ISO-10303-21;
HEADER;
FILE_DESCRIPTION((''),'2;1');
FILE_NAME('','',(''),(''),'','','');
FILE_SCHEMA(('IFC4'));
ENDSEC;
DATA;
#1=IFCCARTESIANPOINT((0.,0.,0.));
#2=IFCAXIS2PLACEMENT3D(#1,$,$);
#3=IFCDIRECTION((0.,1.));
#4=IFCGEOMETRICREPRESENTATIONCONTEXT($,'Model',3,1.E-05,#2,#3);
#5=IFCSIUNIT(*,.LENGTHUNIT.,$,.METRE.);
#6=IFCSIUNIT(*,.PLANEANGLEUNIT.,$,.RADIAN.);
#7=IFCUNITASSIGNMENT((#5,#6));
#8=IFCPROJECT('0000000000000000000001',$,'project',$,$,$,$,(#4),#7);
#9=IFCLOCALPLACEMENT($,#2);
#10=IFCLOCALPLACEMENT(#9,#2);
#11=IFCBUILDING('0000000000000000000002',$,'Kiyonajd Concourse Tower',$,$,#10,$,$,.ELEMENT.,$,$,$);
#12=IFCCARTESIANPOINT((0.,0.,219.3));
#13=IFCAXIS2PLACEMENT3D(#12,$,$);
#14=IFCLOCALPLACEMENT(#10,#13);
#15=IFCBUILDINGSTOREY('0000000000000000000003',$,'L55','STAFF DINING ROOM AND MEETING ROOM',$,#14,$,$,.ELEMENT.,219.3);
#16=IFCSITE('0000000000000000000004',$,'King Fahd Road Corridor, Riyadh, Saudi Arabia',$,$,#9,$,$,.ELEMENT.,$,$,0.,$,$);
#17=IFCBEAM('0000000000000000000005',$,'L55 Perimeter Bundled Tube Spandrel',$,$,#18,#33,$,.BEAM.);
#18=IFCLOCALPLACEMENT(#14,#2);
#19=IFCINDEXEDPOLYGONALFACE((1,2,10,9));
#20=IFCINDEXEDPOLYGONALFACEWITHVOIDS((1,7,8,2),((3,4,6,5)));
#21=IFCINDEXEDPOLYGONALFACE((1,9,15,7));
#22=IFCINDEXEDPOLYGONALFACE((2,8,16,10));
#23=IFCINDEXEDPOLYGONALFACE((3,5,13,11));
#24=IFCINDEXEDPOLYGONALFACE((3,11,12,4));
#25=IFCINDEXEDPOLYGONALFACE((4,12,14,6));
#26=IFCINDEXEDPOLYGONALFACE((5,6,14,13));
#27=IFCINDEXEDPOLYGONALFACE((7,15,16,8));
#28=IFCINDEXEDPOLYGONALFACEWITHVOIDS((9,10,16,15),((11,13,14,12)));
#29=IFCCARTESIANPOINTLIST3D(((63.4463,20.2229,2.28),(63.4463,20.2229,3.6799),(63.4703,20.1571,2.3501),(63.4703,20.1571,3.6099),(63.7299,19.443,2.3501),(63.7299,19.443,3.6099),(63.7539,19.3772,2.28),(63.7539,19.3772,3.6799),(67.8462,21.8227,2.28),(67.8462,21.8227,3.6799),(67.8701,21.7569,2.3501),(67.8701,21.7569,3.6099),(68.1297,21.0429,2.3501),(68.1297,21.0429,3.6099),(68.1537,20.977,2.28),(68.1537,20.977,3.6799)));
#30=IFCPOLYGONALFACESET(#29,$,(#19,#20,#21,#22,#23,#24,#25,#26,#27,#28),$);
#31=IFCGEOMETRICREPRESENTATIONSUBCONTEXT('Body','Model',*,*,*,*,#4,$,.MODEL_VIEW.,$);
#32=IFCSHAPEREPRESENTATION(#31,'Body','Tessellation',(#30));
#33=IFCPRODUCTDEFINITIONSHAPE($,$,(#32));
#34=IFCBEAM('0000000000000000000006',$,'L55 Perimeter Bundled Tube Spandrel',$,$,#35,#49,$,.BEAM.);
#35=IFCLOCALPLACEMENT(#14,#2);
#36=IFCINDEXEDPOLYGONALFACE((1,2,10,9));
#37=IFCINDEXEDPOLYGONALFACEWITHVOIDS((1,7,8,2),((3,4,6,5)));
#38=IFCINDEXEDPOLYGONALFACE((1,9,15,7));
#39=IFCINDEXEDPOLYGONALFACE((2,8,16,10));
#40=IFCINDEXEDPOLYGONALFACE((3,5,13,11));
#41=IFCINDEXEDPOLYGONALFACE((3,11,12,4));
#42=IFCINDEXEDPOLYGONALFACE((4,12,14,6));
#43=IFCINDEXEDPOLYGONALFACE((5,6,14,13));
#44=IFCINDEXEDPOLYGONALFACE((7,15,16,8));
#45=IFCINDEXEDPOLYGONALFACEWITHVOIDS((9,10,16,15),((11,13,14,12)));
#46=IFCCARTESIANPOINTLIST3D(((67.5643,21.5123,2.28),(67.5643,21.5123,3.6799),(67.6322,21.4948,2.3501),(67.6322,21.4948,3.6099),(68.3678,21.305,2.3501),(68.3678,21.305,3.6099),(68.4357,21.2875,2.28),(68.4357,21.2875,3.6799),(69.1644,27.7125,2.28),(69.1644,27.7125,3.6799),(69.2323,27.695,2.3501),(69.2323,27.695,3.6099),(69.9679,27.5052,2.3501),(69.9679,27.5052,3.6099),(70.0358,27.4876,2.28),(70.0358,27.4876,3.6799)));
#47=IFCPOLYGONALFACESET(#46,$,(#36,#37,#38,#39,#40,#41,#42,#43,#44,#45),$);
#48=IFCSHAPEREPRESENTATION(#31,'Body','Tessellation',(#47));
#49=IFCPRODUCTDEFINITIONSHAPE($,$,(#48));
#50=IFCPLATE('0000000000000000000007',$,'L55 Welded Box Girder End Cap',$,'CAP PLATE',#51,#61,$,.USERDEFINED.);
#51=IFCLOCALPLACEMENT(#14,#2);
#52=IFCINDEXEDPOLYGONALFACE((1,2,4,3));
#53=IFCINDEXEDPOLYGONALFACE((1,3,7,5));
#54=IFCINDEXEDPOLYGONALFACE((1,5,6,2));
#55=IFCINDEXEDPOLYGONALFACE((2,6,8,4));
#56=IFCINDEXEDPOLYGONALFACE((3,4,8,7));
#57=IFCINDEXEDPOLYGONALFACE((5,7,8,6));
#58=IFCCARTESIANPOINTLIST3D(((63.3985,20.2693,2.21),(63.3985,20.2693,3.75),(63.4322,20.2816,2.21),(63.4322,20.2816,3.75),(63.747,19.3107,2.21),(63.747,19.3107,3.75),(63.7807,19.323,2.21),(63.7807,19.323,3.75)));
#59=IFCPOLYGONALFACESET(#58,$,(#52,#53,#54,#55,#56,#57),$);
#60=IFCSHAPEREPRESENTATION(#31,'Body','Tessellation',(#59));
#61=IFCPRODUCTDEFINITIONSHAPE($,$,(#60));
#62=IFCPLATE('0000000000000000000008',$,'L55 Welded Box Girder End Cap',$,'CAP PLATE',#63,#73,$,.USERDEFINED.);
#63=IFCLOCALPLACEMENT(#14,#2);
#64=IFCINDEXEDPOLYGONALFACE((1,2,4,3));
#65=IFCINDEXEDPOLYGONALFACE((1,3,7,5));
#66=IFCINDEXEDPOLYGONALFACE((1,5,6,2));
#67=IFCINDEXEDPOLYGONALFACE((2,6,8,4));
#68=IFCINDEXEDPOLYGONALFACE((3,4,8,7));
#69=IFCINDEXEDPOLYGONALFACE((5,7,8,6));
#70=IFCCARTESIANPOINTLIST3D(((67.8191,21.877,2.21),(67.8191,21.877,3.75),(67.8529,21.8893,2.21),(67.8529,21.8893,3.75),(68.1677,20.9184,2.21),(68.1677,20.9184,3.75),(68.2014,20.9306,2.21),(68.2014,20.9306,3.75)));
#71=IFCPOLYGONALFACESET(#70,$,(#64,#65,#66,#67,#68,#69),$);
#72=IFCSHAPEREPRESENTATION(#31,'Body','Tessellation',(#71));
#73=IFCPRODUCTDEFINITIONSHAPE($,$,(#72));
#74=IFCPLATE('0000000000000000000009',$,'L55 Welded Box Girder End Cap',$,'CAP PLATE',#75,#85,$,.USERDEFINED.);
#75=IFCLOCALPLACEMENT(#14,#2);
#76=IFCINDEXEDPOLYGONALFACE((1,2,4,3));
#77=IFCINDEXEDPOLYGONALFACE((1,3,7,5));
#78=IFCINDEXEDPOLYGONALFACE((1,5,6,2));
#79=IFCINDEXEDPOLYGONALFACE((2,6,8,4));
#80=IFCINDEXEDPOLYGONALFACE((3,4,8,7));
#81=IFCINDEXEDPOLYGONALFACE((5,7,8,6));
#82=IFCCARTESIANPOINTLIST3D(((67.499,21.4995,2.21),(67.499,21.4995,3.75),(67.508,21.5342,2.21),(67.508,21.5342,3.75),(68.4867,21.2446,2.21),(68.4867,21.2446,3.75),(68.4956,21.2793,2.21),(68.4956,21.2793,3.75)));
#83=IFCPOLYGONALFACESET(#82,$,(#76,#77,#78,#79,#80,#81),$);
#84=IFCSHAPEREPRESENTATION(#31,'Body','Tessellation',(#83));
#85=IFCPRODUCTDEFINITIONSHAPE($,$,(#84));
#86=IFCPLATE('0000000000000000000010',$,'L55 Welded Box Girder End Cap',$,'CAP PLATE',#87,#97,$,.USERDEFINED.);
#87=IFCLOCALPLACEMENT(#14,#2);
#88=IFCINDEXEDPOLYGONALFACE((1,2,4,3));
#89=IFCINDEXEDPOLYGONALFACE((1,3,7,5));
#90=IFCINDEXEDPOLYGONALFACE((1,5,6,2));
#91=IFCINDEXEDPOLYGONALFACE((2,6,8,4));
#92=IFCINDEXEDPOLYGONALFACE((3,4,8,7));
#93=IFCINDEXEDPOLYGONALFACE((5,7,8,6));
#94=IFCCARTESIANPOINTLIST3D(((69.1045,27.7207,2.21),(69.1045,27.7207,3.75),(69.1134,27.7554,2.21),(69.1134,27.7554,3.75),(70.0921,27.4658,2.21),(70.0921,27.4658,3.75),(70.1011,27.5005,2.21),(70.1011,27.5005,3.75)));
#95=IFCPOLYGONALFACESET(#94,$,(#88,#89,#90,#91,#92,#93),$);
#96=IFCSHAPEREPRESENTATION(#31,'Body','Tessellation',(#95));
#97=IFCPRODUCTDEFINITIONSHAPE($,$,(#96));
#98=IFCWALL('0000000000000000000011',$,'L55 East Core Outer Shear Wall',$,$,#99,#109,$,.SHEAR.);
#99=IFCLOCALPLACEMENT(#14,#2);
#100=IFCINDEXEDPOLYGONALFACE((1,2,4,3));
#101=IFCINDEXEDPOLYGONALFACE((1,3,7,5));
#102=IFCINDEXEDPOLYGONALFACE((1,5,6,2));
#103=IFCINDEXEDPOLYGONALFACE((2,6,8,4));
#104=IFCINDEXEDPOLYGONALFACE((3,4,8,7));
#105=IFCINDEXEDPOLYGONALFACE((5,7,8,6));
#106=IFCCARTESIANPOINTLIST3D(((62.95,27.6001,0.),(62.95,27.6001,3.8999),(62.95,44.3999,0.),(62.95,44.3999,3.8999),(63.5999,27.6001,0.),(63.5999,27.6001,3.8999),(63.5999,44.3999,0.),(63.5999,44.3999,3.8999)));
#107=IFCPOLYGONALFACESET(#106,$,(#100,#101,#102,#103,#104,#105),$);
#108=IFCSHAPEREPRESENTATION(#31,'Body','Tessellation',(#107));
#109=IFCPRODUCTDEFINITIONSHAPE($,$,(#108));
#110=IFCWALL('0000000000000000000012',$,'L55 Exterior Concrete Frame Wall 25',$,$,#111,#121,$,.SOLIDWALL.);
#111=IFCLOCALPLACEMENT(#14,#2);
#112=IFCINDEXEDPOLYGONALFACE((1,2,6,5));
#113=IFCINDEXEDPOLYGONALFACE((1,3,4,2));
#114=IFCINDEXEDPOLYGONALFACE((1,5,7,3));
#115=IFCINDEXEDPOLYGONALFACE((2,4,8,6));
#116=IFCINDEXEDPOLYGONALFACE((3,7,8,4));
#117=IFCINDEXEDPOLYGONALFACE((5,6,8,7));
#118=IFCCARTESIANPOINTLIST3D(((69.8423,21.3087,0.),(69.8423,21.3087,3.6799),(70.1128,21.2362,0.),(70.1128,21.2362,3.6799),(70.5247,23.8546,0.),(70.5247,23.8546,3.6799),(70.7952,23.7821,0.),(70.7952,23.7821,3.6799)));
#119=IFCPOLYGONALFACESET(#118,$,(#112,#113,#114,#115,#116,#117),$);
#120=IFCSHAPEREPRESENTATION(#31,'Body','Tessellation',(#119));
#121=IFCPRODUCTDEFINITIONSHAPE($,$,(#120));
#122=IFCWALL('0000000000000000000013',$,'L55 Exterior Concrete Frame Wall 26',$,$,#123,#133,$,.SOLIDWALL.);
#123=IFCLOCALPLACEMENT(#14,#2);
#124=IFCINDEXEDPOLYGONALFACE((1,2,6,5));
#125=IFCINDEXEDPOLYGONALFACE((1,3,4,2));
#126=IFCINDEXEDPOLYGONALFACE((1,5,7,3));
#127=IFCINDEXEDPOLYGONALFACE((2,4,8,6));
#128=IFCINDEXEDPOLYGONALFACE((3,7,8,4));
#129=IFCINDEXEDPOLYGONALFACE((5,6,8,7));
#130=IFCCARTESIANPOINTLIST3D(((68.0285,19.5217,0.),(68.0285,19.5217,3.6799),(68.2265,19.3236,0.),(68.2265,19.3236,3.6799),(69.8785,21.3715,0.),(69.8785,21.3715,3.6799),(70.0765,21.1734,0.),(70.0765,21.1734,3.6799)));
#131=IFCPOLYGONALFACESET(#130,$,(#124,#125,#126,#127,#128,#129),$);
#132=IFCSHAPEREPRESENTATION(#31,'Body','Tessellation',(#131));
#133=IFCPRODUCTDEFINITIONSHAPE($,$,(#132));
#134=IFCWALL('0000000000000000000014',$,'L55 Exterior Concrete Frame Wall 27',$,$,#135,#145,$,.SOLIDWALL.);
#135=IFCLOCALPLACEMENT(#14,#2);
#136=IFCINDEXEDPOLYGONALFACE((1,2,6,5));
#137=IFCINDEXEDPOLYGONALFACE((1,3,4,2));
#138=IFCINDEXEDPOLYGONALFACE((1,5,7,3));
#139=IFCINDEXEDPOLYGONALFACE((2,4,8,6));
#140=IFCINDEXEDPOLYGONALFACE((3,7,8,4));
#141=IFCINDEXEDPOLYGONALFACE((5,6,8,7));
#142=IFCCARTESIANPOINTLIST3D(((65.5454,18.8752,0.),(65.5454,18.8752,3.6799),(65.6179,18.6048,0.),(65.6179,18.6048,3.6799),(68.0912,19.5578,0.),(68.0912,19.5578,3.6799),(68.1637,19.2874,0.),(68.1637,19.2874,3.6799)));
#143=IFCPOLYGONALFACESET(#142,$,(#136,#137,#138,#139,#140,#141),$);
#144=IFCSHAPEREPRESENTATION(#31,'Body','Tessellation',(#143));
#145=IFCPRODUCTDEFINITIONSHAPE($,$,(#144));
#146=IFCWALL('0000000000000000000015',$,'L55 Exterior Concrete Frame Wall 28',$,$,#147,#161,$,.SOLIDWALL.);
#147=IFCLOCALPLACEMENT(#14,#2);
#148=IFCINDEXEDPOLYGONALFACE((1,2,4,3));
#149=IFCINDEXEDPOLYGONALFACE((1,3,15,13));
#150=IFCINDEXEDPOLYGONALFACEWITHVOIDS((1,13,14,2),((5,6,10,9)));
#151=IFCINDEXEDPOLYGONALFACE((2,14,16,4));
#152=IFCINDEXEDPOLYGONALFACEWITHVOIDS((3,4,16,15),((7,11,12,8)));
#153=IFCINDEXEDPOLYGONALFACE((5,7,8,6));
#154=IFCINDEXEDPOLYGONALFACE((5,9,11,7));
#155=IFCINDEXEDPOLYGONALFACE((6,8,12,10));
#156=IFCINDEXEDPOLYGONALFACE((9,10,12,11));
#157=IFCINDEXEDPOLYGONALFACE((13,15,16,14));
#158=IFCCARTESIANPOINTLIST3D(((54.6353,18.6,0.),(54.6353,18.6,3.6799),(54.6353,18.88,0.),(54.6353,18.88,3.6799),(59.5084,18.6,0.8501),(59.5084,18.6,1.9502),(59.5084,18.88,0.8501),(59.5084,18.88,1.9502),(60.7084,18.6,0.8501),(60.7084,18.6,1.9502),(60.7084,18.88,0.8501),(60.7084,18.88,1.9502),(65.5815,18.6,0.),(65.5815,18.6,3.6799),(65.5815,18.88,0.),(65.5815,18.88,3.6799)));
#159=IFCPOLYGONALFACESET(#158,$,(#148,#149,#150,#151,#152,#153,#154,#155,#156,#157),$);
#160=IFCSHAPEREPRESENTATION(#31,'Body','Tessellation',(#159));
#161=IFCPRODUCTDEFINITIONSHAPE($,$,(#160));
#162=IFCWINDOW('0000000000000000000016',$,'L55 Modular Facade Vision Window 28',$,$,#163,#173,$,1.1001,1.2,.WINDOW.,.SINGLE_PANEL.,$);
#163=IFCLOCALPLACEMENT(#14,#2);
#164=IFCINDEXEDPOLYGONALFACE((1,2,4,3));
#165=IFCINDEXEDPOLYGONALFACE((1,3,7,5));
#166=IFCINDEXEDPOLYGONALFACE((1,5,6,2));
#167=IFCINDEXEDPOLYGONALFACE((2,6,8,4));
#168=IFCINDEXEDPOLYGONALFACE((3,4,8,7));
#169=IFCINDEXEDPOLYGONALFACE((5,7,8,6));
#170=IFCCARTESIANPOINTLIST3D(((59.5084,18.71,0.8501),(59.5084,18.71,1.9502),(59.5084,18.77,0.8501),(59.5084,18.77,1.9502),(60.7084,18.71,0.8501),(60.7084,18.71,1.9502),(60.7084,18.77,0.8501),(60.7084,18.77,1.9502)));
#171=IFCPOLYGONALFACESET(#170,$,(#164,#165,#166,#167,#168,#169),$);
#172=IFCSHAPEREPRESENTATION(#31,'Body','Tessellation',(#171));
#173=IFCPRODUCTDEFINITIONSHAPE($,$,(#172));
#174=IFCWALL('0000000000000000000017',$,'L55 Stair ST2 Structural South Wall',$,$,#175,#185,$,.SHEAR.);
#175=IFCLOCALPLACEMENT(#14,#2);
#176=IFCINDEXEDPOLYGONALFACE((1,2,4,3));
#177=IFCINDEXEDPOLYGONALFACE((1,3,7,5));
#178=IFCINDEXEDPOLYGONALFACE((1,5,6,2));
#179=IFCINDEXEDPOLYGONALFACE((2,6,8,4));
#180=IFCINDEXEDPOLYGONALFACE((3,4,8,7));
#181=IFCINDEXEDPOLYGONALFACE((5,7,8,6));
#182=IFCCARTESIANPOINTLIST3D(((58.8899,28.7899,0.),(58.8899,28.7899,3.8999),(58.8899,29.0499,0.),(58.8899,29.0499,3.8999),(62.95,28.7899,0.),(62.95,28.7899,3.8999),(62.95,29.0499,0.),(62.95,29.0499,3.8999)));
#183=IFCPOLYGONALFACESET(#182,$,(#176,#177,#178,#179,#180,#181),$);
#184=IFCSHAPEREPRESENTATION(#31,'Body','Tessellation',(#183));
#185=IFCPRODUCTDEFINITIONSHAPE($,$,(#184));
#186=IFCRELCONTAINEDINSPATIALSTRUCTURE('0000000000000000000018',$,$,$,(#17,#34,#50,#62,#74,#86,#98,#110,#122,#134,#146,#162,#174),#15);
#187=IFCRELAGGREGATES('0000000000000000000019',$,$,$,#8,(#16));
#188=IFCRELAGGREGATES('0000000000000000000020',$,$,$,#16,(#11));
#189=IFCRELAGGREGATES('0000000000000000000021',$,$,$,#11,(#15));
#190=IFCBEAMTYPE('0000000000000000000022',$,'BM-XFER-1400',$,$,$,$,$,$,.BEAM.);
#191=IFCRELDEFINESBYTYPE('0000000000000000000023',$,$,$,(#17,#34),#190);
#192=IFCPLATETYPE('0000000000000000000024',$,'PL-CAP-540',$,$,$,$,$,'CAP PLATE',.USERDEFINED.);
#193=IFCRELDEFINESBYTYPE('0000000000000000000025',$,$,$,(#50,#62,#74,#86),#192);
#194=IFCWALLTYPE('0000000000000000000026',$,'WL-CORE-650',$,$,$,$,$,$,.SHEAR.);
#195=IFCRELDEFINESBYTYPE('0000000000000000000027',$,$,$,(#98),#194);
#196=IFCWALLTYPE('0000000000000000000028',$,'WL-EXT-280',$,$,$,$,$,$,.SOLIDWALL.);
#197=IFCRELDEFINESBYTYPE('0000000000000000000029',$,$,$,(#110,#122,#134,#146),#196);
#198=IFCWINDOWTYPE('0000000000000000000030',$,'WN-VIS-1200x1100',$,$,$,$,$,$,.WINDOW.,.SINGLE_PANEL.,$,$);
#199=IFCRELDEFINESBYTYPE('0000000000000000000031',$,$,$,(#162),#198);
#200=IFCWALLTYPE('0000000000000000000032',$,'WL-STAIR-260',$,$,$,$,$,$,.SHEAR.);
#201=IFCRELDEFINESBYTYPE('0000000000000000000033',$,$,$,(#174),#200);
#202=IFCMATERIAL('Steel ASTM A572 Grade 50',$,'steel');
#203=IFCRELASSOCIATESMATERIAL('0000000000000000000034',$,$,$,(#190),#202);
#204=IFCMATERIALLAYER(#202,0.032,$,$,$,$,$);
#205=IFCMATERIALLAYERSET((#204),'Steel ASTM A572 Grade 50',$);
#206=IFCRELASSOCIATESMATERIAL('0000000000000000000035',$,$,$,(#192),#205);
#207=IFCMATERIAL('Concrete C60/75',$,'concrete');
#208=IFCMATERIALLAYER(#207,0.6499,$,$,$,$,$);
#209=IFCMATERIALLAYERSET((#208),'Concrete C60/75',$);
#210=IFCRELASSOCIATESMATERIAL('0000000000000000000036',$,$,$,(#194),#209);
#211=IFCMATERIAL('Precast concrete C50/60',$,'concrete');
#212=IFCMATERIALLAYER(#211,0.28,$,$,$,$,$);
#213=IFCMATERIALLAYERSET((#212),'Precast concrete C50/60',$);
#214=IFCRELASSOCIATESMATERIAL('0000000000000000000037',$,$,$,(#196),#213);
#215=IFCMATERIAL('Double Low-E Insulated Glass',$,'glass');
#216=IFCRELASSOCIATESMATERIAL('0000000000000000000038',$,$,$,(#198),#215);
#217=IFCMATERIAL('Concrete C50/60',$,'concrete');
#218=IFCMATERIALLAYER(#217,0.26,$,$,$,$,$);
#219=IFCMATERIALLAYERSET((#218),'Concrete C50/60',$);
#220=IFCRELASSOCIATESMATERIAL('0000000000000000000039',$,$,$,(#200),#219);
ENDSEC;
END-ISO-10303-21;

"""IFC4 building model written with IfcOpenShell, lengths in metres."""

from ifc_helpers import new_model, si_unit, direction, frame, frame_2d, origin, origin_2d, place, context, subcontext, project, spatial, rectangle, hollow_rectangle, extrude, material, layer, layer_set, material_profile, profile_set, type_object, element, fill, save


model = new_model("IFC4")

# Units and contexts
model_context = context("Model", 3, precision=1e-05, world=origin(), true_north=direction((0.0, 1.0)))
body_context = subcontext(model_context, "Body", "Model", "MODEL_VIEW")
ifc_project = project(units=[si_unit("LENGTHUNIT", "METRE"), si_unit("PLANEANGLEUNIT", "RADIAN")], contexts=[model_context])

# Site, building, storey
site_placement = place(None, origin())
site = spatial("IfcSite", under=ifc_project, at=site_placement, Name="King Fahd Road Corridor, Riyadh, Saudi Arabia", CompositionType="ELEMENT", RefElevation=0.0)
building_placement = place(site_placement, origin())
building = spatial("IfcBuilding", under=site, at=building_placement, Name="Kiyonajd Concourse Tower", CompositionType="ELEMENT")
storey_placement = place(building_placement, frame((0.0, 0.0, 219.3)))
storey = spatial("IfcBuildingStorey", under=building, at=storey_placement, Name="L55", Description="STAFF DINING ROOM AND MEETING ROOM", CompositionType="ELEMENT", Elevation=219.3)

# Shared definitions
ifc_material_1 = material(Name="Concrete C60/75", Category="concrete")

# Beams
ifc_material_2 = material(Name="Concrete C50/60", Category="concrete")
ifc_material_3 = material(Name="Steel ASTM A572 Grade 50", Category="steel")
ifc_material_profile_1 = material_profile(ifc_material_3, hollow_rectangle(XDim=0.8999, YDim=1.3999, WallThickness=0.0701, at=origin_2d()), Name="BOX-1400x900x70")
ifc_profile_set_1 = profile_set([ifc_material_profile_1], Name="Steel ASTM A572 Grade 50")
beam_type_1 = type_object("IfcBeamType", Name="BM-XFER-1400", PredefinedType="BEAM", material=ifc_profile_set_1)
beam_1_placement = place(storey_placement, frame((63.6001, 19.8, 2.98), z_axis=(0.939801, 0.341722, 0.0), x_axis=(-0.341722, 0.939801, 0.0)))
element("IfcBeam", 1, at=beam_1_placement, inside=storey, type_object=beam_type_1, Name="L55 Perimeter Bundled Tube Spandrel", PredefinedType="BEAM", context=body_context, shape_type="SweptSolid", body=[
    extrude(hollow_rectangle(XDim=0.8999, YDim=1.3999, WallThickness=0.0701, at=origin_2d()), origin(), (0.0, 0.0, 1.0), 4.6816),
])
beam_2_placement = place(storey_placement, frame((68.0, 21.3999, 2.98), z_axis=(0.249885, 0.968276, 0.0), x_axis=(-0.968276, 0.249885, 0.0)))
element("IfcBeam", 2, at=beam_2_placement, inside=storey, type_object=beam_type_1, Name="L55 Perimeter Bundled Tube Spandrel", PredefinedType="BEAM", context=body_context, shape_type="SweptSolid", body=[
    extrude(hollow_rectangle(XDim=0.8999, YDim=1.3999, WallThickness=0.0701, at=origin_2d()), origin(), (0.0, 0.0, 1.0), 6.4033),
])

# Plates
ifc_layer_1 = layer(ifc_material_3, 0.032)
ifc_layer_set_1 = layer_set([ifc_layer_1], Name="Steel ASTM A572 Grade 50")
plate_type = type_object("IfcPlateType", Name="PL-CAP-540", ElementType="CAP PLATE", PredefinedType="USERDEFINED", material=ifc_layer_set_1)
for number, where, z_axis, x_axis, name in (
    (3, (63.5896, 19.7961, 2.21), (0.0, 0.0, 1.0), (-0.939812, -0.341692, 0.0), "L55 Welded Box Girder End Cap"),
    (4, (68.0103, 21.4038, 2.21), (0.0, 0.0, 1.0), (0.939812, 0.341692, 0.0), "L55 Welded Box Girder End Cap"),
    (5, (67.9973, 21.3894, 2.21), (0.0, 0.0, 1.0), (-0.249873, -0.968279, 0.0), "L55 Welded Box Girder End Cap"),
    (6, (69.6028, 27.6106, 2.21), (0.0, 0.0, 1.0), (0.249873, 0.968279, 0.0), "L55 Welded Box Girder End Cap"),
):
    element("IfcPlate", number, at=place(storey_placement, frame(where, z_axis=z_axis, x_axis=x_axis)), inside=storey, type_object=plate_type, Name=name, ObjectType="CAP PLATE", PredefinedType="USERDEFINED", context=body_context, shape_type="SweptSolid", body=[
        extrude(rectangle(XDim=0.0359, YDim=1.02, at=origin_2d()), origin(), (0.0, 0.0, 1.0), 1.54),
    ])

# Walls
ifc_layer_2 = layer(ifc_material_1, 0.6499)
ifc_layer_set_2 = layer_set([ifc_layer_2], Name="Concrete C60/75")
wall_type_1 = type_object("IfcWallType", Name="WL-CORE-650", PredefinedType="SHEAR", material=ifc_layer_set_2)
wall_1_placement = place(storey_placement, frame((63.2749, 27.6001, 0.0), z_axis=(0.0, 0.0, 1.0), x_axis=(0.0, 1.0, 0.0)))
element("IfcWall", 7, at=wall_1_placement, inside=storey, type_object=wall_type_1, Name="L55 East Core Outer Shear Wall", PredefinedType="SHEAR", context=body_context, shape_type="SweptSolid", body=[
    extrude(rectangle(XDim=16.7998, YDim=0.6499, at=frame_2d((8.3999, 0.0))), origin(), (0.0, 0.0, 1.0), 3.8999),
])
ifc_material_4 = material(Name="Precast concrete C50/60", Category="concrete")
ifc_layer_3 = layer(ifc_material_4, 0.28)
ifc_layer_set_3 = layer_set([ifc_layer_3], Name="Precast concrete C50/60")
wall_type_2 = type_object("IfcWallType", Name="WL-EXT-280", PredefinedType="SOLIDWALL", material=ifc_layer_set_3)
wall_2_placement = place(storey_placement, frame((70.6599, 23.8184, 0.0), z_axis=(0.0, 0.0, 1.0), x_axis=(-0.25889, -0.965907, 0.0)))
element("IfcWall", 8, at=wall_2_placement, inside=storey, type_object=wall_type_2, Name="L55 Exterior Concrete Frame Wall 25", PredefinedType="SOLIDWALL", context=body_context, shape_type="SweptSolid", body=[
    extrude(rectangle(XDim=2.6357, YDim=0.28, at=frame_2d((1.3179, 0.0))), origin(), (0.0, 0.0, 1.0), 3.6799),
])
wall_3_placement = place(storey_placement, frame((69.9775, 21.2725, 0.0), z_axis=(0.0, 0.0, 1.0), x_axis=(-0.707153, -0.70706, 0.0)))
element("IfcWall", 9, at=wall_3_placement, inside=storey, type_object=wall_type_2, Name="L55 Exterior Concrete Frame Wall 26", PredefinedType="SOLIDWALL", context=body_context, shape_type="SweptSolid", body=[
    extrude(rectangle(XDim=2.6162, YDim=0.28, at=frame_2d((1.3081, 0.0))), origin(), (0.0, 0.0, 1.0), 3.6799),
])
wall_4_placement = place(storey_placement, frame((68.1274, 19.4226, 0.0), z_axis=(0.0, 0.0, 1.0), x_axis=(-0.965884, -0.258977, 0.0)))
element("IfcWall", 10, at=wall_4_placement, inside=storey, type_object=wall_type_2, Name="L55 Exterior Concrete Frame Wall 27", PredefinedType="SOLIDWALL", context=body_context, shape_type="SweptSolid", body=[
    extrude(rectangle(XDim=2.6357, YDim=0.28, at=frame_2d((1.3179, 0.0))), origin(), (0.0, 0.0, 1.0), 3.6799),
])

# Wall, opening, window
wall_5_placement = place(storey_placement, frame((65.5815, 18.74, 0.0), z_axis=(0.0, 0.0, 1.0), x_axis=(-1.0, 0.0, 0.0)))
wall_5 = element("IfcWall", 11, at=wall_5_placement, inside=storey, type_object=wall_type_2, Name="L55 Exterior Concrete Frame Wall 28", PredefinedType="SOLIDWALL", context=body_context, shape_type="SweptSolid", body=[
    extrude(rectangle(XDim=10.9463, YDim=0.28, at=frame_2d((5.4731, 0.0))), origin(), (0.0, 0.0, 1.0), 3.6799),
])
opening_1_placement = place(wall_5_placement, frame((4.873, 0.0, 0.8501)))
opening_1 = element("IfcOpeningElement", 12, at=opening_1_placement, cuts=wall_5, PredefinedType="OPENING", context=body_context, shape_type="SweptSolid", body=[
    extrude(rectangle(XDim=1.2, YDim=1.1001, at=frame_2d((0.6001, 0.55))), frame((0.0, 0.1499, 0.0), z_axis=(0.0, -1.0, 0.0), x_axis=(1.0, 0.0, 0.0)), (0.0, 0.0, 1.0), 0.3),
])
ifc_material_5 = material(Name="Double Low-E Insulated Glass", Category="glass")
window_type = type_object("IfcWindowType", Name="WN-VIS-1200x1100", PartitioningType="SINGLE_PANEL", PredefinedType="WINDOW", material=ifc_material_5)
window_placement = place(opening_1_placement, origin())
window = element("IfcWindow", 13, at=window_placement, inside=storey, type_object=window_type, Name="L55 Modular Facade Vision Window 28", OverallHeight=1.1001, OverallWidth=1.2, PartitioningType="SINGLE_PANEL", PredefinedType="WINDOW", context=body_context, shape_type="SweptSolid", body=[
    extrude(rectangle(XDim=1.2, YDim=1.1001, at=frame_2d((0.6001, 0.55))), frame((0.0, 0.03, 0.0), z_axis=(0.0, -1.0, 0.0), x_axis=(1.0, 0.0, 0.0)), (0.0, 0.0, 1.0), 0.0601),
])
fill(opening_1, window)

# Wall
ifc_layer_4 = layer(ifc_material_2, 0.26)
ifc_layer_set_4 = layer_set([ifc_layer_4], Name="Concrete C50/60")
wall_type_3 = type_object("IfcWallType", Name="WL-STAIR-260", PredefinedType="SHEAR", material=ifc_layer_set_4)
wall_6_placement = place(storey_placement, frame((58.8899, 28.9199, 0.0), z_axis=(0.0, 0.0, 1.0), x_axis=(1.0, 0.0, 0.0)))
element("IfcWall", 14, at=wall_6_placement, inside=storey, type_object=wall_type_3, Name="L55 Stair ST2 Structural South Wall", PredefinedType="SHEAR", context=body_context, shape_type="SweptSolid", body=[
    extrude(rectangle(XDim=4.0601, YDim=0.26, at=frame_2d((2.03, 0.0))), origin(), (0.0, 0.0, 1.0), 3.8999),
])

save(model, "model.ifc")
